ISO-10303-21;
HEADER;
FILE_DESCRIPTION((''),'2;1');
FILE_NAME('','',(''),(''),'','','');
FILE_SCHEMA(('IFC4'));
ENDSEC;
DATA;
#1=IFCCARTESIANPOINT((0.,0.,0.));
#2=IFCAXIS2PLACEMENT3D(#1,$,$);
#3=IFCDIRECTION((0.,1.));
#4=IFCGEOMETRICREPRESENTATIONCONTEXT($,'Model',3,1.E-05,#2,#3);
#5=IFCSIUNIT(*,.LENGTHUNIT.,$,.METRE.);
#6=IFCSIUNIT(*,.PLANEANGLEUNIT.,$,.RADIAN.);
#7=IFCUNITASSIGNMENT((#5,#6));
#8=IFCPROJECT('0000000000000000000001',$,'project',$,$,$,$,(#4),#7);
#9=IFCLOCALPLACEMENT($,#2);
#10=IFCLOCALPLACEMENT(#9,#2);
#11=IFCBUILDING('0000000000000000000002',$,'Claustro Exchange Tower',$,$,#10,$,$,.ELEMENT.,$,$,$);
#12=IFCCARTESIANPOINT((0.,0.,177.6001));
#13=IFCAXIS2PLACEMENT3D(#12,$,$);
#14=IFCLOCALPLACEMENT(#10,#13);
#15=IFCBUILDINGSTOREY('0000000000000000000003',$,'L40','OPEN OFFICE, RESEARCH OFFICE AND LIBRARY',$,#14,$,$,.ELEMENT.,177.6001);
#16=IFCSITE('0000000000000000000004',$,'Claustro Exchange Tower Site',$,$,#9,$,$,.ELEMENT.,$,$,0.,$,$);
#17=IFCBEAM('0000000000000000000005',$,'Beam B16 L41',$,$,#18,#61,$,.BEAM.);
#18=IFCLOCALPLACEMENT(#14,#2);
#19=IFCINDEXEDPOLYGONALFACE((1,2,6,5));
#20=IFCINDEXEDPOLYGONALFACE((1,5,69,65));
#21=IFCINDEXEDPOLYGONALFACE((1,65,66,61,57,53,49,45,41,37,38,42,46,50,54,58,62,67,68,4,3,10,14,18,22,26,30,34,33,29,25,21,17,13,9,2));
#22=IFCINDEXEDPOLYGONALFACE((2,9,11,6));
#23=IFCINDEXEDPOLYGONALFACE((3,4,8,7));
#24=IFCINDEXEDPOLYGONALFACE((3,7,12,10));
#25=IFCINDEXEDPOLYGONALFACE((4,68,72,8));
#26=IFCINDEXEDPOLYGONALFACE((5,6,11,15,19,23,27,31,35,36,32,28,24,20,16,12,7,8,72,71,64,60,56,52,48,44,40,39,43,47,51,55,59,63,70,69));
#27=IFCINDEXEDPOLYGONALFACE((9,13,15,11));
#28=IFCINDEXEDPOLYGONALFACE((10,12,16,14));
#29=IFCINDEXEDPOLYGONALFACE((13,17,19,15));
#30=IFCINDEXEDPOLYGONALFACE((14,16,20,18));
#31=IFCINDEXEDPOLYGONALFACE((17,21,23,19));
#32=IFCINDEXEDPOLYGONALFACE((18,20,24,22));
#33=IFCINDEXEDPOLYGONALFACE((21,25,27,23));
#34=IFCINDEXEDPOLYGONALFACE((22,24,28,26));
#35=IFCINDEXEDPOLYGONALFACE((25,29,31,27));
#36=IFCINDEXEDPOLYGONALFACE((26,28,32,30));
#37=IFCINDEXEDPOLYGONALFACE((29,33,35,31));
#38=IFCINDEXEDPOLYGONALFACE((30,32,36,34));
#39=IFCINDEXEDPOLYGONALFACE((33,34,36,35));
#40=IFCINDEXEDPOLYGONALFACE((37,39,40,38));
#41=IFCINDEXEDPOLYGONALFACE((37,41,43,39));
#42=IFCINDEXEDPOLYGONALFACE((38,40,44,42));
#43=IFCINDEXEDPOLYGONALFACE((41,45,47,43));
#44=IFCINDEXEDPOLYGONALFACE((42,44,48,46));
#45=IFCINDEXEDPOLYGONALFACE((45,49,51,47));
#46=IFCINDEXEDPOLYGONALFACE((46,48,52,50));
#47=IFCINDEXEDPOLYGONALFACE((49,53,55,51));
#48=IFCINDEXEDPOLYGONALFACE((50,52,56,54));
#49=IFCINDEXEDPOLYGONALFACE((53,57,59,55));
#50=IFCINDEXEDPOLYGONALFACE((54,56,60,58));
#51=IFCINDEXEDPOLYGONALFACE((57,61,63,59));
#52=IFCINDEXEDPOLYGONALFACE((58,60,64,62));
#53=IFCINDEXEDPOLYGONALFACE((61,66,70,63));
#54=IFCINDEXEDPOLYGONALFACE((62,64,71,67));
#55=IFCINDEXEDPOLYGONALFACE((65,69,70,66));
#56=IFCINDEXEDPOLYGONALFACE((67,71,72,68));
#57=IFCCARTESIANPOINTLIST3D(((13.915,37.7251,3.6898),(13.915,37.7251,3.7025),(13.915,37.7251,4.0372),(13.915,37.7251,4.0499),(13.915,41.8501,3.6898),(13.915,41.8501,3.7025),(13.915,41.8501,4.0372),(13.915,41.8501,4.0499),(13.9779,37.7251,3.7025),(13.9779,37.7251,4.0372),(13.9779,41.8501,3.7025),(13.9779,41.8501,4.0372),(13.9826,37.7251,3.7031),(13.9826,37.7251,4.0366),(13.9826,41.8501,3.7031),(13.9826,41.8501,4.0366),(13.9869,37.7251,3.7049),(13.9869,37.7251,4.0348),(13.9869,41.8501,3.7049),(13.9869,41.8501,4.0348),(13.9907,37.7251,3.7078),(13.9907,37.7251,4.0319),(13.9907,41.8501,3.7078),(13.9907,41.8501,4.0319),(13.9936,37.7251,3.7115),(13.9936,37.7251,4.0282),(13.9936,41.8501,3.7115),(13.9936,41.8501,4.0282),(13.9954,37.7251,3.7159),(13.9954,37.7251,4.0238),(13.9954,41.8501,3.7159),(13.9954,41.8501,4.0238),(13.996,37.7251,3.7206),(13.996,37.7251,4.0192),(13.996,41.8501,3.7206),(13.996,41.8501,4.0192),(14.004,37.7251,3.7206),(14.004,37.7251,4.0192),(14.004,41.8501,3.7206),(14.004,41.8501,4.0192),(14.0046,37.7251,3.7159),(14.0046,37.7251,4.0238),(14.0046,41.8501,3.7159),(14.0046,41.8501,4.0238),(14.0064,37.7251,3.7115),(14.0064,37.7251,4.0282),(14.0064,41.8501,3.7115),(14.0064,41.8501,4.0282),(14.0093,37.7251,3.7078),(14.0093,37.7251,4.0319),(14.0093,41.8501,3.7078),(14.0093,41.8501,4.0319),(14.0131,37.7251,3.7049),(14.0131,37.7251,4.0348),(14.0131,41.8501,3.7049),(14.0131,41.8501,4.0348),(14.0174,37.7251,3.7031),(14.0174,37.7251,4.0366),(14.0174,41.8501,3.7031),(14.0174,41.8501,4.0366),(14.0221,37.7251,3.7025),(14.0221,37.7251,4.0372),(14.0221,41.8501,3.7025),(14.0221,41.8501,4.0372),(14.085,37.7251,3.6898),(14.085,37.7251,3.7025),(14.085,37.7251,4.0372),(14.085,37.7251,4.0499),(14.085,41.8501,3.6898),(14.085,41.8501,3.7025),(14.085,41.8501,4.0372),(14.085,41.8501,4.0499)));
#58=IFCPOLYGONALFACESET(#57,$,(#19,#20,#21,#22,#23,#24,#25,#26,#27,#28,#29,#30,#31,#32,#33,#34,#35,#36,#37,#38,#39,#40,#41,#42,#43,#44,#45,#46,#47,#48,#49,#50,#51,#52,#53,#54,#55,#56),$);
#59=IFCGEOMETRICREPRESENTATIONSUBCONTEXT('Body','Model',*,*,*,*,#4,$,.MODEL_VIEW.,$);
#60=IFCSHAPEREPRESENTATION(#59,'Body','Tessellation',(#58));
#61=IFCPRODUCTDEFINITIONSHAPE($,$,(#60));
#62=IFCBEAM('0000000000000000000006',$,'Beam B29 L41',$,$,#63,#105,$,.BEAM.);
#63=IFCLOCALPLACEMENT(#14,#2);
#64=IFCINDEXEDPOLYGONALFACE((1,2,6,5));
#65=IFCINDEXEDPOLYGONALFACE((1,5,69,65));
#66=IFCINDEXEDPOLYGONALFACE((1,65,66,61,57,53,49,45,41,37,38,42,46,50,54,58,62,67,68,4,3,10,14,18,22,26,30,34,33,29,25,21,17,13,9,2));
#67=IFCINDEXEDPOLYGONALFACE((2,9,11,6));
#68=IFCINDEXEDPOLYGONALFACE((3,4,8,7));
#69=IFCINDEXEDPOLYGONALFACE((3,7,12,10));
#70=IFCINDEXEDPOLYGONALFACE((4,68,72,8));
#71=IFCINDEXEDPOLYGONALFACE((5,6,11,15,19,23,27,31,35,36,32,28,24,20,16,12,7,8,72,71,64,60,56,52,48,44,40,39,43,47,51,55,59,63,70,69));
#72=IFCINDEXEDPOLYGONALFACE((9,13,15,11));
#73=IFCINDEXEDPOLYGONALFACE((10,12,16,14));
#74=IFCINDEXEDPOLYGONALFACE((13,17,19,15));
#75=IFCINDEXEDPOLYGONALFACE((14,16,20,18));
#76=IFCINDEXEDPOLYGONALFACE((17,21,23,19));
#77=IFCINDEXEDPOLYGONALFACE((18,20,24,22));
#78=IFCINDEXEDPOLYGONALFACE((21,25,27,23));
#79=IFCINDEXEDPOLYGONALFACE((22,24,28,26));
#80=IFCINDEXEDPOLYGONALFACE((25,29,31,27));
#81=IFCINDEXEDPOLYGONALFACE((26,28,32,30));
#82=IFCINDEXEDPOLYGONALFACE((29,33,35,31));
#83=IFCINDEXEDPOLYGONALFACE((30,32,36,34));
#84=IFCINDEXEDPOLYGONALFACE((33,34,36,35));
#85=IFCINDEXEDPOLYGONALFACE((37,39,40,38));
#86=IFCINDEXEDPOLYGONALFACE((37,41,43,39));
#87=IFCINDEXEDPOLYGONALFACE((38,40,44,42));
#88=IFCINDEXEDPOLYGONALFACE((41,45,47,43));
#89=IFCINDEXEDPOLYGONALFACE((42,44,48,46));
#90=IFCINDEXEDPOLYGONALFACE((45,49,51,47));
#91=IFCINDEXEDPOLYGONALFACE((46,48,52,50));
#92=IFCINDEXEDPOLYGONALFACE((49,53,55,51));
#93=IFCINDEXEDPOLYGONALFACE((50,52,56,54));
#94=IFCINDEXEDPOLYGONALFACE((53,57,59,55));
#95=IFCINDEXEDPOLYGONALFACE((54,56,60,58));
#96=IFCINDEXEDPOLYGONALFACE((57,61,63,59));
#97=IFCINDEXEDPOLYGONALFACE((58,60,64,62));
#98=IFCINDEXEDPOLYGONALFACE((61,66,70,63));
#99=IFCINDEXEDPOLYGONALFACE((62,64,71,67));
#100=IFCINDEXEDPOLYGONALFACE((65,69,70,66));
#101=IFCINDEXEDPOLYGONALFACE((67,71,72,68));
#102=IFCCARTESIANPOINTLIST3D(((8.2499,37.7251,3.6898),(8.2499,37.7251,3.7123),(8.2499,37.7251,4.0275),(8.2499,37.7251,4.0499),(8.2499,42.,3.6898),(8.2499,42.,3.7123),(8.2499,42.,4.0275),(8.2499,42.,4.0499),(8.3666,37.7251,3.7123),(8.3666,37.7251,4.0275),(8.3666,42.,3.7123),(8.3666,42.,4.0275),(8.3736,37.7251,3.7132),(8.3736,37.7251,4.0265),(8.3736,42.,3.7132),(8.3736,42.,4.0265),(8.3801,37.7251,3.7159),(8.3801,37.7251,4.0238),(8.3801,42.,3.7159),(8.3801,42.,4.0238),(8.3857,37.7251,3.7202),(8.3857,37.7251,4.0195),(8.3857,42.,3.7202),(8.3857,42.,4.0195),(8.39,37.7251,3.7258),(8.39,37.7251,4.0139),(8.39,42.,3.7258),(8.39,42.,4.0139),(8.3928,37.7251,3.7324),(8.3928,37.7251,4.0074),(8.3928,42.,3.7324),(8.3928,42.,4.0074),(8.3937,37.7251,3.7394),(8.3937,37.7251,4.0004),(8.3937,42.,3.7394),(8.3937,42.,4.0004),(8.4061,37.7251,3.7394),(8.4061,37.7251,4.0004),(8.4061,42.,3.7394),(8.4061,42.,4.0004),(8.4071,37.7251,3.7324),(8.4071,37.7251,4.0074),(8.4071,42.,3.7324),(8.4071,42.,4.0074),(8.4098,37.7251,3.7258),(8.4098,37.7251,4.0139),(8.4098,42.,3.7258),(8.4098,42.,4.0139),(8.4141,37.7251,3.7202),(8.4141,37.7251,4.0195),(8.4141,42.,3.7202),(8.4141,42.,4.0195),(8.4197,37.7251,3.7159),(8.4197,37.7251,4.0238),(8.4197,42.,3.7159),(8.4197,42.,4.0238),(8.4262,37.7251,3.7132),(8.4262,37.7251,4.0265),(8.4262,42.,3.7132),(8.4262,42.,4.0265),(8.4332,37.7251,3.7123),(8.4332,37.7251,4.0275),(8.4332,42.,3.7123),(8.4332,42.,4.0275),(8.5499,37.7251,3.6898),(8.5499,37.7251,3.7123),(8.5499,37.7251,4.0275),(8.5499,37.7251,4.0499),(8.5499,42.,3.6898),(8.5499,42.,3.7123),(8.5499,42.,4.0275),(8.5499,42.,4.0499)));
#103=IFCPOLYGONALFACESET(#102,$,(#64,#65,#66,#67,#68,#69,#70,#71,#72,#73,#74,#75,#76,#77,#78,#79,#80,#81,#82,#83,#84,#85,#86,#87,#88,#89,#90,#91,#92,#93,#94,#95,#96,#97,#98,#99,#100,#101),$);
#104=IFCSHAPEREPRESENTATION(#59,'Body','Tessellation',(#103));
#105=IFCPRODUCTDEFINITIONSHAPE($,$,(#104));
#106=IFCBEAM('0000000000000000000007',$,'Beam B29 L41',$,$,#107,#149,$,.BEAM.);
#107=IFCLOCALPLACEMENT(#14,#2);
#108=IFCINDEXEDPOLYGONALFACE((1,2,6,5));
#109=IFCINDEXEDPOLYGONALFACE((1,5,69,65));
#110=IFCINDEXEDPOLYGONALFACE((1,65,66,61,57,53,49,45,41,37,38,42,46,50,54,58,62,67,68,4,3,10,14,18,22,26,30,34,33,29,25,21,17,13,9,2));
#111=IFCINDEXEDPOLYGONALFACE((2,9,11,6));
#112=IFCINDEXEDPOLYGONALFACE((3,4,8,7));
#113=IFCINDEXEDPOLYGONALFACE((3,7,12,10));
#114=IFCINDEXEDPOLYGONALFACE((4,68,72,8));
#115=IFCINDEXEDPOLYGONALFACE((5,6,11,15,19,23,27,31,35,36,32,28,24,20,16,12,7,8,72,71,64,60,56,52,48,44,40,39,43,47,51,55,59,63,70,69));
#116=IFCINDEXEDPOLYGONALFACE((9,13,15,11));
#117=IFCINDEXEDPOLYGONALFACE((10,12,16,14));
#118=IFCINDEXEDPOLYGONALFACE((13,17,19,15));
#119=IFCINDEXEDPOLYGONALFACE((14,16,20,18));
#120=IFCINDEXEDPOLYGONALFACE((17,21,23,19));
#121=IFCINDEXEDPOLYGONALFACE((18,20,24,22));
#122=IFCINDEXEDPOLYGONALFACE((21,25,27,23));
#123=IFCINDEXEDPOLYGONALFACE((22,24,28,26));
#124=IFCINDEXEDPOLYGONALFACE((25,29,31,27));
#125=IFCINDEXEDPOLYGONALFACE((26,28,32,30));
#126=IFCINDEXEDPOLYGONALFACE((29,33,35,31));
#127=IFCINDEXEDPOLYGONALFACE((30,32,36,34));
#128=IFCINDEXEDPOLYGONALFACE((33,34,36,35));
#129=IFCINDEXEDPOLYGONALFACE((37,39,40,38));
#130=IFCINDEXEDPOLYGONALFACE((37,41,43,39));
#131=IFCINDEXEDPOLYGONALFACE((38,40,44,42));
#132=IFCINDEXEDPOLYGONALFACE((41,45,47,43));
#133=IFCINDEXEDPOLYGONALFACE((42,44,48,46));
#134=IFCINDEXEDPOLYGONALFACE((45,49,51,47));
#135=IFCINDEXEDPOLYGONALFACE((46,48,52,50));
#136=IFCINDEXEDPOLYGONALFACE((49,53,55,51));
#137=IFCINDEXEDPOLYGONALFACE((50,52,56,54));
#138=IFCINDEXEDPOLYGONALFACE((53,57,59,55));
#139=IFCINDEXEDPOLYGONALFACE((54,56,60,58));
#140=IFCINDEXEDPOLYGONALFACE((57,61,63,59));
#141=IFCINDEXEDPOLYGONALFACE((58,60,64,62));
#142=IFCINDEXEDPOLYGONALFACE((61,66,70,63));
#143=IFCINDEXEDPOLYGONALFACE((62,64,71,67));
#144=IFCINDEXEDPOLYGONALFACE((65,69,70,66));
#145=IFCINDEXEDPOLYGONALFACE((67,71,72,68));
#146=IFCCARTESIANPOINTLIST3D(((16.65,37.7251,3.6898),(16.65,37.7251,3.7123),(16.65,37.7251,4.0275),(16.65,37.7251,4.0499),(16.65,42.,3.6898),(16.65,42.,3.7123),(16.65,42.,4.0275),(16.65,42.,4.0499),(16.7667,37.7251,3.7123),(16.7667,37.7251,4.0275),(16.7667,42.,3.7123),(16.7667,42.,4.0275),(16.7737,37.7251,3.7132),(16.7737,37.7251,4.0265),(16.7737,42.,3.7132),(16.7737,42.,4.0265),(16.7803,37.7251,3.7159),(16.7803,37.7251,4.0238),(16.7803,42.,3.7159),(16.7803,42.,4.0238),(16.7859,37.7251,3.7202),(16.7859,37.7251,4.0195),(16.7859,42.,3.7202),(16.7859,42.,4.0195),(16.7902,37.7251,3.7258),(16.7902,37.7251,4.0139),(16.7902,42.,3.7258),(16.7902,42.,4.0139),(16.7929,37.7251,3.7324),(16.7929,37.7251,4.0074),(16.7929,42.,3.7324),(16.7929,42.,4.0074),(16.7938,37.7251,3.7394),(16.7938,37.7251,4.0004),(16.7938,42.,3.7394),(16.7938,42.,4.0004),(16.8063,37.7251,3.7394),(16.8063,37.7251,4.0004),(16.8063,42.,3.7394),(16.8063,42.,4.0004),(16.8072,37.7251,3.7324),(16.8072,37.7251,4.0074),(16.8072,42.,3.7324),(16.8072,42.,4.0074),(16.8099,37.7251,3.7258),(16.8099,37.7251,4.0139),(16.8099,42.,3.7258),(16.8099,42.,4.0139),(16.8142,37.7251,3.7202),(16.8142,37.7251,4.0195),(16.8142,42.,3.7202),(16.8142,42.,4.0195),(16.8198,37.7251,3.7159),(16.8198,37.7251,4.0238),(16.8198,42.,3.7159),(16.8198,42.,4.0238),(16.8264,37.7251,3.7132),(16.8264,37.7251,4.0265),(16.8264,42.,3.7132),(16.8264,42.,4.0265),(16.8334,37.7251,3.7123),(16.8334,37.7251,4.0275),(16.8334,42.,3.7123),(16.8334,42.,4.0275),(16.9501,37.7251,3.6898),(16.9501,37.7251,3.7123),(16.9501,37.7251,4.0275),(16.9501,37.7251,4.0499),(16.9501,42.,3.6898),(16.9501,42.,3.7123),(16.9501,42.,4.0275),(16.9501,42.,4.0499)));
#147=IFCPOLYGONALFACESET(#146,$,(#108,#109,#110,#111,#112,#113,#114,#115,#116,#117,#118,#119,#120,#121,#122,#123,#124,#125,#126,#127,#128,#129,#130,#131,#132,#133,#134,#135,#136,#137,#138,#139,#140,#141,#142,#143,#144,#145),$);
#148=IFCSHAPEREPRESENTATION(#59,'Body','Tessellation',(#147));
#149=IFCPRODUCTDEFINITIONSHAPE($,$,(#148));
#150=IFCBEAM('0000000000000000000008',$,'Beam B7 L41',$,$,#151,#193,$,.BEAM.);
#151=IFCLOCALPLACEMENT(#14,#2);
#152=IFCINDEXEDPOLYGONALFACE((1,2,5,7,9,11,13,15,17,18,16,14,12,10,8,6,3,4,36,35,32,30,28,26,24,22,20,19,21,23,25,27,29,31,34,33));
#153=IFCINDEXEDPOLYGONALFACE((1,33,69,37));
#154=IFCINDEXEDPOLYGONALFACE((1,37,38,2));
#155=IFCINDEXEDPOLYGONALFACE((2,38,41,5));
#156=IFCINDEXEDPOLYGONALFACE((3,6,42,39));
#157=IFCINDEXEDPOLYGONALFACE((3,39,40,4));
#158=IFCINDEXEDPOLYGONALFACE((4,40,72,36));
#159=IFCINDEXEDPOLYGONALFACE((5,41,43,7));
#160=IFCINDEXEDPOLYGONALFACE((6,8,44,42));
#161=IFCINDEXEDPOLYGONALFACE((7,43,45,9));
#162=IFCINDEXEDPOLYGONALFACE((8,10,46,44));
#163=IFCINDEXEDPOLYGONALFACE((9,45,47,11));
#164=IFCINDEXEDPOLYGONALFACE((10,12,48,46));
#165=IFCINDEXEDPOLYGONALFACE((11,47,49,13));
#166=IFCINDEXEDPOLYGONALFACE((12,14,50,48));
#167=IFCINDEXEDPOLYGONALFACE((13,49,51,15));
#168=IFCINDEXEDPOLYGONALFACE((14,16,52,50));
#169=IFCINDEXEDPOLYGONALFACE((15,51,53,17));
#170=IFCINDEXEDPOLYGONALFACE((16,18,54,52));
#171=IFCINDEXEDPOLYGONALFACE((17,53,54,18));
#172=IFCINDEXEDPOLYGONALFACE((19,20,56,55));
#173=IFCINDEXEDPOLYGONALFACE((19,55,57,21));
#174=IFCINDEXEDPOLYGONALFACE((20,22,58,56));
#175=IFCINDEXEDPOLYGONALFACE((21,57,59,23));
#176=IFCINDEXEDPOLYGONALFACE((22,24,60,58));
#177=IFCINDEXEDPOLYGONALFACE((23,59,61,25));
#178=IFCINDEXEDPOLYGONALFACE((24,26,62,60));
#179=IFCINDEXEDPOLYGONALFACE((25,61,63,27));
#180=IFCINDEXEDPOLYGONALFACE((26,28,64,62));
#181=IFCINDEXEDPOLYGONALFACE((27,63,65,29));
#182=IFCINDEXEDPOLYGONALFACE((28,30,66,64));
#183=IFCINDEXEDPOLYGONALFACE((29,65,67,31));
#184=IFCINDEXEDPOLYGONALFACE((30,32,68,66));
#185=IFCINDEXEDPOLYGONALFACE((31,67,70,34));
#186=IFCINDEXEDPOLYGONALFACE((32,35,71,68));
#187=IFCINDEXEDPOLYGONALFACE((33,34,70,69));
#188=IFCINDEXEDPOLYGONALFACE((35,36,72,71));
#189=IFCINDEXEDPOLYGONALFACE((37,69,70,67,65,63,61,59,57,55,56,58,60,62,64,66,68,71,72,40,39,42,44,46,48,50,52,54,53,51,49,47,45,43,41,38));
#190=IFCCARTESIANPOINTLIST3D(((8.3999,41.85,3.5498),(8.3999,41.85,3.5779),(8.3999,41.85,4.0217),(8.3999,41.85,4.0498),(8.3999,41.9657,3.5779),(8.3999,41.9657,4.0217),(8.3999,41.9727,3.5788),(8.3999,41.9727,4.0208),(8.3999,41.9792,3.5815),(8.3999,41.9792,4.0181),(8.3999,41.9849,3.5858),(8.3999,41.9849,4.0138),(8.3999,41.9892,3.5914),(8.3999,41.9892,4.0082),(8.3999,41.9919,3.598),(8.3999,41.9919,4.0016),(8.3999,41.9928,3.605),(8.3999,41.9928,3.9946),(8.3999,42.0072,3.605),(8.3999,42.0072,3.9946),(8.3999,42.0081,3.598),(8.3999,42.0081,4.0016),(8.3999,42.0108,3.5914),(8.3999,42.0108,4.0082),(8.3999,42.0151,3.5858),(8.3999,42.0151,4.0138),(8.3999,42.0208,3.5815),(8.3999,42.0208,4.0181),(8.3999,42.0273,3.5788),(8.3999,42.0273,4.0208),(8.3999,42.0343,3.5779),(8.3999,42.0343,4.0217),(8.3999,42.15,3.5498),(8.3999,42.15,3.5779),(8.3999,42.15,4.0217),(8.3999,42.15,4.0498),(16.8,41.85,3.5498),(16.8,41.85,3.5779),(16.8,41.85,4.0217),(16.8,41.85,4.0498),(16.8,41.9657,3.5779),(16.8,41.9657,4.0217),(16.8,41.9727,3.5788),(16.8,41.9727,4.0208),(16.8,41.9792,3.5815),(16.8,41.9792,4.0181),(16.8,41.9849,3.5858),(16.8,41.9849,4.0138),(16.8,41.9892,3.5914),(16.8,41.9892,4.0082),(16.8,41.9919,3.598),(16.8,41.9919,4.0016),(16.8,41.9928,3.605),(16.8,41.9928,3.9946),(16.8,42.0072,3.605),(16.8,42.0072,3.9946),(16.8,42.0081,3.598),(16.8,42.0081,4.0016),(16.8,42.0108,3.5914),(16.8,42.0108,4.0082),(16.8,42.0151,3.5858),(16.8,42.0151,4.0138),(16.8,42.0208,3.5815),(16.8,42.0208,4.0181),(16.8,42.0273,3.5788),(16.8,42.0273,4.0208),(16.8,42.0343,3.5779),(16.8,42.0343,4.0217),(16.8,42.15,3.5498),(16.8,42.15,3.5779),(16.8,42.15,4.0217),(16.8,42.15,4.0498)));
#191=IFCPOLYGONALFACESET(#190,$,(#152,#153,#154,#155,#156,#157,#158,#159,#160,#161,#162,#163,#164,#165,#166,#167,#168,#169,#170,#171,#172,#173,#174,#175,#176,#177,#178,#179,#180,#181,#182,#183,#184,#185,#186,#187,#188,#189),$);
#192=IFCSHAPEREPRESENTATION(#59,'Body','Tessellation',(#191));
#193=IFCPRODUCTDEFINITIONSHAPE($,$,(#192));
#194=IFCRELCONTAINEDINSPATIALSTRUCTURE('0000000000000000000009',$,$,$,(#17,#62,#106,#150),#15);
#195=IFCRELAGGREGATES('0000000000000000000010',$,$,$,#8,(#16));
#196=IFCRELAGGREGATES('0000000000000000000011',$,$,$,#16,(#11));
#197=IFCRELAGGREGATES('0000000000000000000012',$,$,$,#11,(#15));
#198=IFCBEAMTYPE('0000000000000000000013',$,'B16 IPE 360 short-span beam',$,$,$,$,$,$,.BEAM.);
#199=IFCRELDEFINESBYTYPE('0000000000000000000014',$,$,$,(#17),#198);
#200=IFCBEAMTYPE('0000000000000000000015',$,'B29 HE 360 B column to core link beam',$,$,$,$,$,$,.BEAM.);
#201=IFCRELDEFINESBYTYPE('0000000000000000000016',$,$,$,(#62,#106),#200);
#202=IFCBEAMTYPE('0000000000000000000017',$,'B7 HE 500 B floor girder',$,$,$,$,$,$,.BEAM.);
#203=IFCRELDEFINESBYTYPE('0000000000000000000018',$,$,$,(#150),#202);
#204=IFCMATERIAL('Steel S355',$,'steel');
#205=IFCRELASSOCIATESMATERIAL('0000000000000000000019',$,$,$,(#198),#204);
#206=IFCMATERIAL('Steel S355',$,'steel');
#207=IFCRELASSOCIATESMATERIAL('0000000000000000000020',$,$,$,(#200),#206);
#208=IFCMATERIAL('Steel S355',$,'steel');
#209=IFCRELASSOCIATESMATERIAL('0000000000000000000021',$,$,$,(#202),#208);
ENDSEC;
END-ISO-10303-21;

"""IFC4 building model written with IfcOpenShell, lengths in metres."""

from ifc_helpers import new_model, si_unit, direction, frame, origin, origin_2d, place, context, subcontext, project, spatial, i_section, extrude, material, material_profile, profile_set, type_object, element, save


model = new_model("IFC4")

# Units and contexts
model_context = context("Model", 3, precision=1e-05, world=origin(), true_north=direction((0.0, 1.0)))
body_context = subcontext(model_context, "Body", "Model", "MODEL_VIEW")
ifc_project = project(units=[si_unit("LENGTHUNIT", "METRE"), si_unit("PLANEANGLEUNIT", "RADIAN")], contexts=[model_context])

# Site, building, storey
site_placement = place(None, origin())
site = spatial("IfcSite", under=ifc_project, at=site_placement, Name="Claustro Exchange Tower Site", CompositionType="ELEMENT", RefElevation=0.0)
building_placement = place(site_placement, origin())
building = spatial("IfcBuilding", under=site, at=building_placement, Name="Claustro Exchange Tower", CompositionType="ELEMENT")
storey_placement = place(building_placement, frame((0.0, 0.0, 177.6001)))
storey = spatial("IfcBuildingStorey", under=building, at=storey_placement, Name="L40", Description="OPEN OFFICE, RESEARCH OFFICE AND LIBRARY", CompositionType="ELEMENT", Elevation=177.6001)

# Beams
ifc_material_1 = material(Name="Steel S355", Category="steel")
ifc_material_profile_1 = material_profile(ifc_material_1, i_section(OverallWidth=0.1699, OverallDepth=0.3601, WebThickness=0.0081, FlangeThickness=0.0127, FilletRadius=0.0181, at=origin_2d()), Name="IPE 360")
ifc_profile_set_1 = profile_set([ifc_material_profile_1], Name="Steel S355")
beam_type_1 = type_object("IfcBeamType", Name="B16 IPE 360 short-span beam", PredefinedType="BEAM", material=ifc_profile_set_1)
for number, where, z_axis, x_axis, name in (
    (1, (14.0, 37.7251, 3.8699), (0.0, 1.0, 0.0), (-1.0, 0.0, 0.0), "Beam B16 L41"),
):
    element("IfcBeam", number, at=place(storey_placement, frame(where, z_axis=z_axis, x_axis=x_axis)), inside=storey, type_object=beam_type_1, Name=name, PredefinedType="BEAM", context=body_context, shape_type="SweptSolid", body=[
        extrude(i_section(OverallWidth=0.1699, OverallDepth=0.3601, WebThickness=0.0081, FlangeThickness=0.0127, FilletRadius=0.0181, at=origin_2d()), origin(), (0.0, 0.0, 1.0), 4.125),
    ])
ifc_material_2 = material(Name="Steel S355", Category="steel")
ifc_material_profile_2 = material_profile(ifc_material_2, i_section(OverallWidth=0.3, OverallDepth=0.3601, WebThickness=0.0125, FlangeThickness=0.0225, FilletRadius=0.0271, at=origin_2d()), Name="HE 360 B")
ifc_profile_set_2 = profile_set([ifc_material_profile_2], Name="Steel S355")
beam_type_2 = type_object("IfcBeamType", Name="B29 HE 360 B column to core link beam", PredefinedType="BEAM", material=ifc_profile_set_2)
for number, where, z_axis, x_axis, name in (
    (2, (8.3999, 37.7251, 3.8699), (0.0, 1.0, 0.0), (-1.0, 0.0, 0.0), "Beam B29 L41"),
    (3, (16.8, 37.7251, 3.8699), (0.0, 1.0, 0.0), (-1.0, 0.0, 0.0), "Beam B29 L41"),
):
    element("IfcBeam", number, at=place(storey_placement, frame(where, z_axis=z_axis, x_axis=x_axis)), inside=storey, type_object=beam_type_2, Name=name, PredefinedType="BEAM", context=body_context, shape_type="SweptSolid", body=[
        extrude(i_section(OverallWidth=0.3, OverallDepth=0.3601, WebThickness=0.0125, FlangeThickness=0.0225, FilletRadius=0.0271, at=origin_2d()), origin(), (0.0, 0.0, 1.0), 4.2749),
    ])
ifc_material_3 = material(Name="Steel S355", Category="steel")
ifc_material_profile_3 = material_profile(ifc_material_3, i_section(OverallWidth=0.3, OverallDepth=0.5, WebThickness=0.0144, FlangeThickness=0.0281, FilletRadius=0.0271, at=origin_2d()), Name="HE 500 B")
ifc_profile_set_3 = profile_set([ifc_material_profile_3], Name="Steel S355")
beam_type_3 = type_object("IfcBeamType", Name="B7 HE 500 B floor girder", PredefinedType="BEAM", material=ifc_profile_set_3)
beam_1_placement = place(storey_placement, frame((8.3999, 42.0, 3.7998), z_axis=(1.0, 0.0, 0.0), x_axis=(0.0, 1.0, 0.0)))
element("IfcBeam", 4, at=beam_1_placement, inside=storey, type_object=beam_type_3, Name="Beam B7 L41", PredefinedType="BEAM", context=body_context, shape_type="SweptSolid", body=[
    extrude(i_section(OverallWidth=0.3, OverallDepth=0.5, WebThickness=0.0144, FlangeThickness=0.0281, FilletRadius=0.0271, at=origin_2d()), origin(), (0.0, 0.0, 1.0), 8.4001),
])

save(model, "model.ifc")
